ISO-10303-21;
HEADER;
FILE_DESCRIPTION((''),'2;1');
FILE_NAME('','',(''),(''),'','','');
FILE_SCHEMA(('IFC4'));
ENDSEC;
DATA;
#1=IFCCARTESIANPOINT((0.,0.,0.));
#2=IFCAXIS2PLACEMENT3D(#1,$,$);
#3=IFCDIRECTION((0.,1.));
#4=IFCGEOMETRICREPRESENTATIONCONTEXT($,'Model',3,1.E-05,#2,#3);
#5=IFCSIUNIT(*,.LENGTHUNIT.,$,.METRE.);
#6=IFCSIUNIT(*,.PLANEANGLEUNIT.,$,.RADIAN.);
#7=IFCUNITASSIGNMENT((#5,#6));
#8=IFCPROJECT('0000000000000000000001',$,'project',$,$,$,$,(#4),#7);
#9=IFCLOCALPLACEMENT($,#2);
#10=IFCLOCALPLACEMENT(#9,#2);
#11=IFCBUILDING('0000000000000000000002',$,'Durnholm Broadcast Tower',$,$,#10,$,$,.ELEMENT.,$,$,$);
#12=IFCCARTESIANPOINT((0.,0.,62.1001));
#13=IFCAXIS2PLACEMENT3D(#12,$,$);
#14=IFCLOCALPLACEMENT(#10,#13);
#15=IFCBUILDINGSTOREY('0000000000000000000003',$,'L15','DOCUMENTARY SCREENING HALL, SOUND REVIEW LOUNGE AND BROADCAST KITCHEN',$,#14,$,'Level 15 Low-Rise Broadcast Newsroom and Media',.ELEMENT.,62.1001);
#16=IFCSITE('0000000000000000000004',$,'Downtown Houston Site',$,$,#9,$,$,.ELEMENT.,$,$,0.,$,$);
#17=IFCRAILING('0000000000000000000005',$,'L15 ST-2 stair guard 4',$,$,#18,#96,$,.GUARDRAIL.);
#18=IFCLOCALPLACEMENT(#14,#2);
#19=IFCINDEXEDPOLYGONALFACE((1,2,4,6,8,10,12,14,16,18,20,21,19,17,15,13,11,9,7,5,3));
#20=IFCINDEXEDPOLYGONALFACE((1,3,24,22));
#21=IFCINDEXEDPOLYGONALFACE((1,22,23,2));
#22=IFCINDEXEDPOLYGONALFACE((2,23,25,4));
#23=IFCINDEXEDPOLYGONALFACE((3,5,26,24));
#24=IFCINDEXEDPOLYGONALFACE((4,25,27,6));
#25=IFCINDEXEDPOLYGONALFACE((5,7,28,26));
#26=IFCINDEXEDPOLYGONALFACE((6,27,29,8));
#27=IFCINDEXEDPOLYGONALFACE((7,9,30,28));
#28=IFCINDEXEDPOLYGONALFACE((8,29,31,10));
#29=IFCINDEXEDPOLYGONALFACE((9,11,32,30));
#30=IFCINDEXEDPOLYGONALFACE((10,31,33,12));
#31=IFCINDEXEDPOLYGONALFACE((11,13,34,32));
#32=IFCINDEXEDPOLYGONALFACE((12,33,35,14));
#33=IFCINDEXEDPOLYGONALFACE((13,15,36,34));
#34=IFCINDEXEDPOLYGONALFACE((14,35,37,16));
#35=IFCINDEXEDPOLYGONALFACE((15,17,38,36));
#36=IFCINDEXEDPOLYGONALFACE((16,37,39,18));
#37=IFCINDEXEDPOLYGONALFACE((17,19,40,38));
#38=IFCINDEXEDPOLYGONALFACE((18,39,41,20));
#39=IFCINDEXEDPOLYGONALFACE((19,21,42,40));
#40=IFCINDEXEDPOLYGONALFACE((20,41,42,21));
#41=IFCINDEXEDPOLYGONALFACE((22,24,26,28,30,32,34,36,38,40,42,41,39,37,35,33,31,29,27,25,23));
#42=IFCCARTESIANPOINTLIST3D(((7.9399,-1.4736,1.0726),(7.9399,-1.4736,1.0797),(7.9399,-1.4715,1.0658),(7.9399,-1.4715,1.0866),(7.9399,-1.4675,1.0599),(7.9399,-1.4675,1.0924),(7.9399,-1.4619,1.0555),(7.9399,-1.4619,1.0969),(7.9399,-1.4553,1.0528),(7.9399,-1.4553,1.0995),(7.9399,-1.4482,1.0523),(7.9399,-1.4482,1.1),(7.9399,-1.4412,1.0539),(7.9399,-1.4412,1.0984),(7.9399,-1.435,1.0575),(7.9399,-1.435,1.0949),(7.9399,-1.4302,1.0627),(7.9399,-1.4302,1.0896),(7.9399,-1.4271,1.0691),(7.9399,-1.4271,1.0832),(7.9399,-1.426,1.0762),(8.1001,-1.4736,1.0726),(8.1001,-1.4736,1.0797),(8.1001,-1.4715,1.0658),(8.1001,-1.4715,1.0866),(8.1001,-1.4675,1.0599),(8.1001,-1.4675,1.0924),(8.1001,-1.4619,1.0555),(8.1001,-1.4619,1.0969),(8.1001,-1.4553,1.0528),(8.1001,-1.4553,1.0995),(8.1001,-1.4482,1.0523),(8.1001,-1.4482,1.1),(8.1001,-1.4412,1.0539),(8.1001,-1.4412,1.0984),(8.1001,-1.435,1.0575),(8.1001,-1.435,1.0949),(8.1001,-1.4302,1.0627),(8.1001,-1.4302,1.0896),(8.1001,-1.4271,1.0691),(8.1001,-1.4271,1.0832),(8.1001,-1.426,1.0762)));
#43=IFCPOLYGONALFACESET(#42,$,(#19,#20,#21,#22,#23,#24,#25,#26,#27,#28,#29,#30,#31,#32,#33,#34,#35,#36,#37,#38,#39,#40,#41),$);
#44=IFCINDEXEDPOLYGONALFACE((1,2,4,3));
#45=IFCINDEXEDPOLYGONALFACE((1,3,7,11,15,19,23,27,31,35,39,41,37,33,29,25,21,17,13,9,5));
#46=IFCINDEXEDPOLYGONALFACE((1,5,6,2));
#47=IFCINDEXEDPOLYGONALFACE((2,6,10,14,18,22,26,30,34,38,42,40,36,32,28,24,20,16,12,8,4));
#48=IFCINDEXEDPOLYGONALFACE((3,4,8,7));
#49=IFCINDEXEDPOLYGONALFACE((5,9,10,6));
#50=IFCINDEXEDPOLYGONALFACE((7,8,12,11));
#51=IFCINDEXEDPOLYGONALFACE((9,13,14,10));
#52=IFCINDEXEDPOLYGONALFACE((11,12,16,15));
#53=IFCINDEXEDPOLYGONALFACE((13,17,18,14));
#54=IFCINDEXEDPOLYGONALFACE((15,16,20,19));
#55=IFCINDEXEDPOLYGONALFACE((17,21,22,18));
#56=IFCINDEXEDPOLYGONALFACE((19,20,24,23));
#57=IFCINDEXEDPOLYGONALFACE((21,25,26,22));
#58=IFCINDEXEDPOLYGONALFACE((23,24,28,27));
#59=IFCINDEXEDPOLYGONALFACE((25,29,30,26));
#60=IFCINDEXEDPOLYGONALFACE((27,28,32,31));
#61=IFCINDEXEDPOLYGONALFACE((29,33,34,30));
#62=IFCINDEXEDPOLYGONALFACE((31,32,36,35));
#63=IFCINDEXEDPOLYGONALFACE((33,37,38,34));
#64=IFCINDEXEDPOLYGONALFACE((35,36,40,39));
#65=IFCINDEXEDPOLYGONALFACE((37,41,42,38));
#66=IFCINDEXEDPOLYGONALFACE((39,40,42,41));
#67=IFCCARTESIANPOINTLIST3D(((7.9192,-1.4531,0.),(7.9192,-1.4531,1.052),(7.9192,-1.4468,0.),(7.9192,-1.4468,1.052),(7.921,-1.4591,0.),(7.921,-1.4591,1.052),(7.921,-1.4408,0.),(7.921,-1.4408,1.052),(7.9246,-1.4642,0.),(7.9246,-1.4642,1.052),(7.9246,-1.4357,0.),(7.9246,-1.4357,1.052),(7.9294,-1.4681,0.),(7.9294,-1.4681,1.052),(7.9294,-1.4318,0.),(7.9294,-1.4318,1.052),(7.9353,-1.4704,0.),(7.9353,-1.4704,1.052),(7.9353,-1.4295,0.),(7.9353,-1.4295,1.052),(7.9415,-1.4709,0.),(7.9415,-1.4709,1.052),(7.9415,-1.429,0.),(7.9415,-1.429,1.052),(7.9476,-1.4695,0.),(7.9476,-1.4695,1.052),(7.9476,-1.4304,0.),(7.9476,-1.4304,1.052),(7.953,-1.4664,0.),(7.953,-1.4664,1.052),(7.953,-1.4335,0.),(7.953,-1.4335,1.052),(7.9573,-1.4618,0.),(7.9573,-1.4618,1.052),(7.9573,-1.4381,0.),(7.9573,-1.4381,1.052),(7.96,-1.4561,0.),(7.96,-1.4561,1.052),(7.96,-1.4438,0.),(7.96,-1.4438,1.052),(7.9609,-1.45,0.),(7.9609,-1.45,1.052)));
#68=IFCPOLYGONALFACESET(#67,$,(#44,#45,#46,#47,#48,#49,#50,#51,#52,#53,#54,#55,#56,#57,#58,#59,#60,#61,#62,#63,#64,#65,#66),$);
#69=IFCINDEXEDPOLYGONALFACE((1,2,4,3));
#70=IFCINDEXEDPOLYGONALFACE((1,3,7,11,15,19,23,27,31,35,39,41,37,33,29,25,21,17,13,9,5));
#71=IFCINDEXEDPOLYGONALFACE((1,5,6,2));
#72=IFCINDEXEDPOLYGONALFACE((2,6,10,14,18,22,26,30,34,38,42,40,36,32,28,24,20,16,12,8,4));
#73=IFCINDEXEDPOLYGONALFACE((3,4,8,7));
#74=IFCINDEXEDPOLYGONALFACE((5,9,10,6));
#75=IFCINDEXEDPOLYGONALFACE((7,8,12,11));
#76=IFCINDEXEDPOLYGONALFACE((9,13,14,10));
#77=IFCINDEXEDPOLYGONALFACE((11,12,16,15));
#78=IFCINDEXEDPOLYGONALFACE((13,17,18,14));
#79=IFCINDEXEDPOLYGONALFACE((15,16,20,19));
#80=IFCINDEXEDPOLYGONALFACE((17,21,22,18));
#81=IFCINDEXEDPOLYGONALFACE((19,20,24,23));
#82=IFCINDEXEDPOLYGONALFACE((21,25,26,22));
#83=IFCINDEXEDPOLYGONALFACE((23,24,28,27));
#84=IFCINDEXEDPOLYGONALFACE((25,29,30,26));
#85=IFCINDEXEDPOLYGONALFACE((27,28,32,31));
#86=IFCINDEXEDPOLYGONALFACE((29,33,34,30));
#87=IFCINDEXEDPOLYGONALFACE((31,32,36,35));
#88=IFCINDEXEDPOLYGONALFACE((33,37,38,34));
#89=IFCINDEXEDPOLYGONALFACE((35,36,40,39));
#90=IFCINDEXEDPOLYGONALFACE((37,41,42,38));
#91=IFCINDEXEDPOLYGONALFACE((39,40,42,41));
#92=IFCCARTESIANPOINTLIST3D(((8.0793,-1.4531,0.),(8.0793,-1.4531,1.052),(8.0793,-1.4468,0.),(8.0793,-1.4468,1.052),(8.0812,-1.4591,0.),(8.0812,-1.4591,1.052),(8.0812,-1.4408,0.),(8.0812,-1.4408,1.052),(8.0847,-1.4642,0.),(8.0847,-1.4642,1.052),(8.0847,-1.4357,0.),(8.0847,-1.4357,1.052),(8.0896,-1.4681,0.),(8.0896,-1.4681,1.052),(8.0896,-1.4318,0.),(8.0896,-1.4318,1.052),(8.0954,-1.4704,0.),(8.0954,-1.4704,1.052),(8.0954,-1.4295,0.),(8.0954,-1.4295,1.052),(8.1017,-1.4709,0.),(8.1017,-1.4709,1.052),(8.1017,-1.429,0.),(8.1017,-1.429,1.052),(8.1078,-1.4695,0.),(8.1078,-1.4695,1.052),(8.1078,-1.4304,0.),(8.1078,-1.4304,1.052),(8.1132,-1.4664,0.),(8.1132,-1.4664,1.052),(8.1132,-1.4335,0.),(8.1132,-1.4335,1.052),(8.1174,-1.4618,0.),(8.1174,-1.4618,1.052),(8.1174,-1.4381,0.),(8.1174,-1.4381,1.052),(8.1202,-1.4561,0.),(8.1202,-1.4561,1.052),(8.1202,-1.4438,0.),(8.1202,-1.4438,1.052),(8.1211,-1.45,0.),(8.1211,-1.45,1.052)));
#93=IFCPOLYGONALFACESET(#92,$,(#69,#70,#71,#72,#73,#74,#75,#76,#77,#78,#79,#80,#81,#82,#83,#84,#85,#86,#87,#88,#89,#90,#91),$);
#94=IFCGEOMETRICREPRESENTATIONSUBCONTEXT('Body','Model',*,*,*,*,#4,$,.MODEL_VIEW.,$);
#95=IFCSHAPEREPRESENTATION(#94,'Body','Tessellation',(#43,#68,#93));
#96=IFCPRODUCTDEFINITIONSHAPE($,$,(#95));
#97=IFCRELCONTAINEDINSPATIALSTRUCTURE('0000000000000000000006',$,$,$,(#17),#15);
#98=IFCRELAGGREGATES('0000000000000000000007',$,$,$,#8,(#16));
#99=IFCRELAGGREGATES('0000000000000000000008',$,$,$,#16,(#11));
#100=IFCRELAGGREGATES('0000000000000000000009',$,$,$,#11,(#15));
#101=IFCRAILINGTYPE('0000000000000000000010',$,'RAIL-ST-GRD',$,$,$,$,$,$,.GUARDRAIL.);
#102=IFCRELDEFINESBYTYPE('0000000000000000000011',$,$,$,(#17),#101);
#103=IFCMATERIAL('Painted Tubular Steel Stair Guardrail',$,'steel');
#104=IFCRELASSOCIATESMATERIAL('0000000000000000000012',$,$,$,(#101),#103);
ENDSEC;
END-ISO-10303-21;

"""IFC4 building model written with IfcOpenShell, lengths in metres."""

from ifc_helpers import new_model, si_unit, direction, frame, origin, origin_2d, place, context, subcontext, project, spatial, circle, extrude, material, type_object, element, save


model = new_model("IFC4")

# Units and contexts
model_context = context("Model", 3, precision=1e-05, world=origin(), true_north=direction((0.0, 1.0)))
body_context = subcontext(model_context, "Body", "Model", "MODEL_VIEW")
ifc_project = project(units=[si_unit("LENGTHUNIT", "METRE"), si_unit("PLANEANGLEUNIT", "RADIAN")], contexts=[model_context])

# Site, building, storey
site_placement = place(None, origin())
site = spatial("IfcSite", under=ifc_project, at=site_placement, Name="Downtown Houston Site", CompositionType="ELEMENT", RefElevation=0.0)
building_placement = place(site_placement, origin())
building = spatial("IfcBuilding", under=site, at=building_placement, Name="Durnholm Broadcast Tower", CompositionType="ELEMENT")
storey_placement = place(building_placement, frame((0.0, 0.0, 62.1001)))
storey = spatial("IfcBuildingStorey", under=building, at=storey_placement, Name="L15", Description="DOCUMENTARY SCREENING HALL, SOUND REVIEW LOUNGE AND BROADCAST KITCHEN", LongName="Level 15 Low-Rise Broadcast Newsroom and Media", CompositionType="ELEMENT", Elevation=62.1001)

# Railing
ifc_material_1 = material(Name="Painted Tubular Steel Stair Guardrail", Category="steel")
railing_type_1 = type_object("IfcRailingType", Name="RAIL-ST-GRD", PredefinedType="GUARDRAIL", material=ifc_material_1)
railing_1_placement = place(storey_placement, frame((7.9399, -1.45, 0.0)))
element("IfcRailing", 1, at=railing_1_placement, inside=storey, type_object=railing_type_1, Name="L15 ST-2 stair guard 4", PredefinedType="GUARDRAIL", context=body_context, shape_type="SweptSolid", body=[
    extrude(circle(Radius=0.0239, at=origin_2d()), frame((0.0, 0.0, 1.0762), z_axis=(1.0, 0.0, 0.0), x_axis=(0.0, 1.0, 0.0)), (0.0, 0.0, 1.0), 0.1602),
    extrude(circle(Radius=0.021, at=origin_2d()), origin(), (0.0, 0.0, 1.0), 1.052),
    extrude(circle(Radius=0.021, at=origin_2d()), frame((0.1602, 0.0, 0.0)), (0.0, 0.0, 1.0), 1.052),
])

save(model, "model.ifc")
